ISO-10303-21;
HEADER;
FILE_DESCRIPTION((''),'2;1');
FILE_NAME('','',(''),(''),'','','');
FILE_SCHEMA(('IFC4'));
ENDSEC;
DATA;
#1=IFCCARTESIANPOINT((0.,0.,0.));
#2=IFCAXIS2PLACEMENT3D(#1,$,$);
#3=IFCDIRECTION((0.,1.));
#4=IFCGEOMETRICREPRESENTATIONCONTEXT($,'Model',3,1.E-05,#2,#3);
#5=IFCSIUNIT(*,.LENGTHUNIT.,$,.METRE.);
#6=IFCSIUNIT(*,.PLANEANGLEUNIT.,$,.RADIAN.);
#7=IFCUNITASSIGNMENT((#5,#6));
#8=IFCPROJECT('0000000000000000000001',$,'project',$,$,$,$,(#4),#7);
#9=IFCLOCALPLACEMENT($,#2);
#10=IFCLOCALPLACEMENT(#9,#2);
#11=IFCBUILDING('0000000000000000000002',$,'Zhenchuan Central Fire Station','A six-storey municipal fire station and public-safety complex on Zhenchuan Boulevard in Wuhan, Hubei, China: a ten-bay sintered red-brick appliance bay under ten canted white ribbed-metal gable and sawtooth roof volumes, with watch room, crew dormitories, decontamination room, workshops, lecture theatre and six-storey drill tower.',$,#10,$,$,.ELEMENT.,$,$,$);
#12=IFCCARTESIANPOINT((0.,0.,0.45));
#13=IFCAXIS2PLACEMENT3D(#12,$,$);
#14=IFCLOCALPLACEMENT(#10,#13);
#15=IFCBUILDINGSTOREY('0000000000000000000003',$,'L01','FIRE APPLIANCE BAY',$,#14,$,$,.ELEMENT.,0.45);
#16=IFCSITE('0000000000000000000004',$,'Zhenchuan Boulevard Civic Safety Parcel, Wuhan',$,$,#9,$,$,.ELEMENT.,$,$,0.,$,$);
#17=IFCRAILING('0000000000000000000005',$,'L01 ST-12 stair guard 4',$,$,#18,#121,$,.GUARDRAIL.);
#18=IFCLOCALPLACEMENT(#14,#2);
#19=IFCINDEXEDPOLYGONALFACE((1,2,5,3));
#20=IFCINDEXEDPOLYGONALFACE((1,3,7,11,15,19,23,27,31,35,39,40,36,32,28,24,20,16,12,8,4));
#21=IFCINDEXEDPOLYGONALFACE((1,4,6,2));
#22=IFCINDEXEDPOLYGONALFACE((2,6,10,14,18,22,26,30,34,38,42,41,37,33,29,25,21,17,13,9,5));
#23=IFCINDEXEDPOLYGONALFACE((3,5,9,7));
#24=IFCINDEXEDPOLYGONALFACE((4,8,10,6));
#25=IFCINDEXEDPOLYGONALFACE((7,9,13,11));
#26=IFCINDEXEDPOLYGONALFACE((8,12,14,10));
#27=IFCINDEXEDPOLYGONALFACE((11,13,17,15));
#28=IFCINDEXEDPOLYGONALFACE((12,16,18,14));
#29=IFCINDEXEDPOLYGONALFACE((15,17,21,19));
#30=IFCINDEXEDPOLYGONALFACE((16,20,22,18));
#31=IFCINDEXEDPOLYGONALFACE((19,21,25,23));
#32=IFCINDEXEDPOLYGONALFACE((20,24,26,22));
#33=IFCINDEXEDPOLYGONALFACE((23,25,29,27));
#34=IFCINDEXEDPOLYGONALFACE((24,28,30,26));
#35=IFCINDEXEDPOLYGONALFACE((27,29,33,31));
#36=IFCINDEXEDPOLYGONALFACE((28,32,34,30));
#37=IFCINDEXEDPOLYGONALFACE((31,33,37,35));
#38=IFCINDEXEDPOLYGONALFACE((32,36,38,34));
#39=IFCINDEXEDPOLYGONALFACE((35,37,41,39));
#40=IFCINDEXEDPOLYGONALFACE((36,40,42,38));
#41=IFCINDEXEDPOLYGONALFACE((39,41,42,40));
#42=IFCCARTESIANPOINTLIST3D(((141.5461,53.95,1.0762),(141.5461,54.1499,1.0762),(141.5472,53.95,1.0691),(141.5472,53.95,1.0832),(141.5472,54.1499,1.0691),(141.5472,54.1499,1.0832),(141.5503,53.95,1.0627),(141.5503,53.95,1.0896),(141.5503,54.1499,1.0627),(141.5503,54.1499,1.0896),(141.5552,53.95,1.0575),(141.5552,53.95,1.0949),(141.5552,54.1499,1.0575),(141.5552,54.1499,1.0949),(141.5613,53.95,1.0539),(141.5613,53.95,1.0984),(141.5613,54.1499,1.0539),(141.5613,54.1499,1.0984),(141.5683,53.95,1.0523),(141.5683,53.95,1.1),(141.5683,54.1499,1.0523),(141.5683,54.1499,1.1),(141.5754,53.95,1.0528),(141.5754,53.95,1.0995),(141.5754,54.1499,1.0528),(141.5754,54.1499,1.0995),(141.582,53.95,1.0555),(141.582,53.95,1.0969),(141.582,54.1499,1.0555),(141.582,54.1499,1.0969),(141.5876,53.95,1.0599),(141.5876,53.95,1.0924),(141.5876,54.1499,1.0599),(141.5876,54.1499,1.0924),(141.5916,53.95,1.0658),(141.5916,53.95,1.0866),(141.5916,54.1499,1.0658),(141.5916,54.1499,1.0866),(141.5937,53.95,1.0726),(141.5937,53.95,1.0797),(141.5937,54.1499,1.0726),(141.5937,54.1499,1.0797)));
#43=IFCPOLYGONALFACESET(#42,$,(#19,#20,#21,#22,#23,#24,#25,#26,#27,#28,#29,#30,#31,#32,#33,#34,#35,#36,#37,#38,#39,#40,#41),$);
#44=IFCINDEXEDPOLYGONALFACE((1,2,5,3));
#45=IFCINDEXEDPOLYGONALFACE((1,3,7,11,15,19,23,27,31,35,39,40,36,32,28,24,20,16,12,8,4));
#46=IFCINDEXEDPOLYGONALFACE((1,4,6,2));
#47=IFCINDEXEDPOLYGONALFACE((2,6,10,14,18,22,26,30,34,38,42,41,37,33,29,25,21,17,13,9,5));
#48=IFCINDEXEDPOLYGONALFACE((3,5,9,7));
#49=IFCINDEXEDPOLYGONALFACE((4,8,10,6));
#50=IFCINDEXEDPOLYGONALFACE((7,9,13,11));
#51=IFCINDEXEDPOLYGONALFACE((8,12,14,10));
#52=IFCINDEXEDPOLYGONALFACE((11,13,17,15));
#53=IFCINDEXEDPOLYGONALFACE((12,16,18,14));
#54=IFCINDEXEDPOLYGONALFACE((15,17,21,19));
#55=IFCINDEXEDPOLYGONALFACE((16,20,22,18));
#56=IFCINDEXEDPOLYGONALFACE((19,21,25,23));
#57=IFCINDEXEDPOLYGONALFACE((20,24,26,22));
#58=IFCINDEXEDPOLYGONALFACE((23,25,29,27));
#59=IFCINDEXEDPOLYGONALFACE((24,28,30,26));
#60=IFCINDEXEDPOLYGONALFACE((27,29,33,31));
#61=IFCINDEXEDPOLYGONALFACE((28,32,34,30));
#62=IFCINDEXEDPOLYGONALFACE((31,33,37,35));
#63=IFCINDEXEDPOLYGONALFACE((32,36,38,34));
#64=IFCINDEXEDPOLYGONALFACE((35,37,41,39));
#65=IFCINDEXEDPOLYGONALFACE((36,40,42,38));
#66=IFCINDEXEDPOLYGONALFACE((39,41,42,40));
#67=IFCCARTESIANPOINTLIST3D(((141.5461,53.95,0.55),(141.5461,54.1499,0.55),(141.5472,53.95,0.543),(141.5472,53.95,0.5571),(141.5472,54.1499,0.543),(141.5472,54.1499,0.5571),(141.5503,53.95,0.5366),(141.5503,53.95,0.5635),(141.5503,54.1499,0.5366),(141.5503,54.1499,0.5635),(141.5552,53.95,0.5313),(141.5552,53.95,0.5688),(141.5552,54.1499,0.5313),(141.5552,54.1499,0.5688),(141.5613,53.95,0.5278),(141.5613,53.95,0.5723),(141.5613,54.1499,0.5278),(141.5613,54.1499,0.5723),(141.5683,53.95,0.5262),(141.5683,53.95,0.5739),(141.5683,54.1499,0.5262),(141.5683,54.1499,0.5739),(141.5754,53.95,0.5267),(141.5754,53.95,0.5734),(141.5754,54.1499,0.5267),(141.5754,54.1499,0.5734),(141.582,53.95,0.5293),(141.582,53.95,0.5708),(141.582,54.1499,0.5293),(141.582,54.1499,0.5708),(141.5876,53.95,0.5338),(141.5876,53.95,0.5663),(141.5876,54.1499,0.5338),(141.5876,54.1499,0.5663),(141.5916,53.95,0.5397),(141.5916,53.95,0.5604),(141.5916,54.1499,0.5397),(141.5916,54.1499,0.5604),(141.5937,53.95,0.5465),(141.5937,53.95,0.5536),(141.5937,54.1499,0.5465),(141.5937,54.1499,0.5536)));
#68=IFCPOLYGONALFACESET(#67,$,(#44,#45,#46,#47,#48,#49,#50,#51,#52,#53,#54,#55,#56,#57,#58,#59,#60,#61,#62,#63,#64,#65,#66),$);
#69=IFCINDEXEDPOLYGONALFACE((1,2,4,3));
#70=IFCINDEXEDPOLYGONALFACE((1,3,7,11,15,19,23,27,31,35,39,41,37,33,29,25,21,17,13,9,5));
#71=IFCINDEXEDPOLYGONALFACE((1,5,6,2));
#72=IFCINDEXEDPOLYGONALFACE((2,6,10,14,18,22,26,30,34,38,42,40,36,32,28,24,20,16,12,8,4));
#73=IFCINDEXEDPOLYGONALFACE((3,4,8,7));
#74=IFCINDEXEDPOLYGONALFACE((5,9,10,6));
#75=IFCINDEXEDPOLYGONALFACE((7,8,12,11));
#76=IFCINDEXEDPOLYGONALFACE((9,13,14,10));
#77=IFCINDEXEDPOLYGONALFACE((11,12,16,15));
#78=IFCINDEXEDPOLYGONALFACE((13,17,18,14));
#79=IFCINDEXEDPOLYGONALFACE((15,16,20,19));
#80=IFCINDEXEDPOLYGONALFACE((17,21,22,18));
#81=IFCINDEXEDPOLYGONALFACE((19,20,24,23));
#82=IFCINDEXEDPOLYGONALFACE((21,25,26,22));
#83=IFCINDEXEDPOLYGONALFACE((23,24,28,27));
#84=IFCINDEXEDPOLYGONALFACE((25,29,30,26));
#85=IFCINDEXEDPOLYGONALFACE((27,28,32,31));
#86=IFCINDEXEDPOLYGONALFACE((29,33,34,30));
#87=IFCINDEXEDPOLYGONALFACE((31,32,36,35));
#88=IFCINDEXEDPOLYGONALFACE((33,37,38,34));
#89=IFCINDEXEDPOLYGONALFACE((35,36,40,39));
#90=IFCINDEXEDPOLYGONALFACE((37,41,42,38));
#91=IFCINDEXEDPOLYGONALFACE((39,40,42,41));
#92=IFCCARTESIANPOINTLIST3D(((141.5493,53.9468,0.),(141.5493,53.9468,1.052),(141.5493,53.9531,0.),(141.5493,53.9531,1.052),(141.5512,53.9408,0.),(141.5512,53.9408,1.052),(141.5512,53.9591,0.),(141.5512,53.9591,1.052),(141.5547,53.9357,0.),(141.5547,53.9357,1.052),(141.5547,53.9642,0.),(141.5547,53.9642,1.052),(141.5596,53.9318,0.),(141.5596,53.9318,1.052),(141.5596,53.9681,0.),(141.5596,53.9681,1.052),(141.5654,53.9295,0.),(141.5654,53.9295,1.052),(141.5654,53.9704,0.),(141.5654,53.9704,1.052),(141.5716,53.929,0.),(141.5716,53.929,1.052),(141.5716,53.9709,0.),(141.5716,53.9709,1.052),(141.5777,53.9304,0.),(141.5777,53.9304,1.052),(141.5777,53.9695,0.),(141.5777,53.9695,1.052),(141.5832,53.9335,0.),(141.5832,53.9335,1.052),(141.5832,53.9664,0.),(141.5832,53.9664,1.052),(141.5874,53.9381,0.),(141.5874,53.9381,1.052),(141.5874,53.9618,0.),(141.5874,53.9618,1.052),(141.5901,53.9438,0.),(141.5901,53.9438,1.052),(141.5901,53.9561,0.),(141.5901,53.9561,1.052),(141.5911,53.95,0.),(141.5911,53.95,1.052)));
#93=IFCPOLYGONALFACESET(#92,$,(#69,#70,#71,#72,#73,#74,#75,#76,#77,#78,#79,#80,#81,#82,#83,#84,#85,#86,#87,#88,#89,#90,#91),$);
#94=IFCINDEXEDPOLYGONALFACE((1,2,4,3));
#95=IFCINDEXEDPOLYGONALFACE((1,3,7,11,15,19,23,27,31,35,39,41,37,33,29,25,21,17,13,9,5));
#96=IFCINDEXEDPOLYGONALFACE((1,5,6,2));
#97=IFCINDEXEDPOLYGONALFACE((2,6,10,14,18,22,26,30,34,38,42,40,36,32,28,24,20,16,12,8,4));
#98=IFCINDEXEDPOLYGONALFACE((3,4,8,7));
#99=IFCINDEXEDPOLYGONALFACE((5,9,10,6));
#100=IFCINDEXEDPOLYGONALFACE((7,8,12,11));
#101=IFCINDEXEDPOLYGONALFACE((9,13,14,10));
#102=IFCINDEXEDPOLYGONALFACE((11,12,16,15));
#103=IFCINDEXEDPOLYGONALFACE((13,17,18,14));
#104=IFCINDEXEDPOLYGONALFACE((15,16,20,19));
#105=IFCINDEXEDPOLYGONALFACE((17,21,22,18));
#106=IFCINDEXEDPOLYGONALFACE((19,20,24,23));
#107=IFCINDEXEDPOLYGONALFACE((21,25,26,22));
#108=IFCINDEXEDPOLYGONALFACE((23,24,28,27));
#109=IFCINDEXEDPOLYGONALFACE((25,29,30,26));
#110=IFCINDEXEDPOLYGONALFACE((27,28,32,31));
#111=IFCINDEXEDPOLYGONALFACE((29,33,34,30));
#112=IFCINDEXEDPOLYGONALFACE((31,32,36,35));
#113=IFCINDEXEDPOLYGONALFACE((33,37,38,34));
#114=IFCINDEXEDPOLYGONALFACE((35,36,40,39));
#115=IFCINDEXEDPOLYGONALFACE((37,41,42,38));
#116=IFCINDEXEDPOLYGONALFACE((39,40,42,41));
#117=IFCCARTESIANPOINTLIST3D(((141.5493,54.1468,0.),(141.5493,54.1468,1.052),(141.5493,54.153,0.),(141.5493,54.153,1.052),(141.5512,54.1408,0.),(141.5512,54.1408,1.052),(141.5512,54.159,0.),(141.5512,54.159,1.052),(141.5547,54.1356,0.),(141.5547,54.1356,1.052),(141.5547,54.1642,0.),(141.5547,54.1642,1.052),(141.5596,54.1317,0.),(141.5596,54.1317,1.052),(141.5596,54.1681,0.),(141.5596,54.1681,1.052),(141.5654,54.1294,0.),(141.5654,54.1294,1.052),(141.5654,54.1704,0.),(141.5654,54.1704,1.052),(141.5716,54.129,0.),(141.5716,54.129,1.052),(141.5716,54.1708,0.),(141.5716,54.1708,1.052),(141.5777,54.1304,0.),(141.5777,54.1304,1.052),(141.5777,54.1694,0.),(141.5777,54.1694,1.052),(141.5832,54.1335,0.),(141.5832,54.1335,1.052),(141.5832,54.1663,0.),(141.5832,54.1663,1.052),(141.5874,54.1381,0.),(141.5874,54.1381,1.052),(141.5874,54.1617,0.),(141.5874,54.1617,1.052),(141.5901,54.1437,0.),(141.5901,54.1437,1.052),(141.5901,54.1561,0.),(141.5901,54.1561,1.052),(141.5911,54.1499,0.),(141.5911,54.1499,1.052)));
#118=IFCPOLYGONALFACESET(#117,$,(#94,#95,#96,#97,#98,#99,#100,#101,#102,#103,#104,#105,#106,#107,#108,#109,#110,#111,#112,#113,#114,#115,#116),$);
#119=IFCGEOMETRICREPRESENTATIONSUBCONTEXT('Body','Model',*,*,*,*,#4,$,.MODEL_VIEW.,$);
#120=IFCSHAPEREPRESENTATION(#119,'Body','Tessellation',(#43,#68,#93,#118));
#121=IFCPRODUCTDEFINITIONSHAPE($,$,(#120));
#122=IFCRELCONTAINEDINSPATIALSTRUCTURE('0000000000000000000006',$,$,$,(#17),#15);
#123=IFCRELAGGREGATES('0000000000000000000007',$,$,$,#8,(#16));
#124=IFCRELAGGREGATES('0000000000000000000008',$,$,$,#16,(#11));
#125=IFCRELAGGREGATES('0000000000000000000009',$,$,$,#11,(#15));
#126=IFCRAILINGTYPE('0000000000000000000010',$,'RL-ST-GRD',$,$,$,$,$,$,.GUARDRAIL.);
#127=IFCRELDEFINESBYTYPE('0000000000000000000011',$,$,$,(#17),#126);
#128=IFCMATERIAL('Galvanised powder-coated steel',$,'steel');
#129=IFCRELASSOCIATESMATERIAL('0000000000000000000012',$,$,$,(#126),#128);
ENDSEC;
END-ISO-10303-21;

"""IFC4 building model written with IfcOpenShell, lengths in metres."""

from ifc_helpers import new_model, si_unit, direction, frame, origin, origin_2d, place, context, subcontext, project, spatial, circle, extrude, material, type_object, element, save


model = new_model("IFC4")

# Units and contexts
model_context = context("Model", 3, precision=1e-05, world=origin(), true_north=direction((0.0, 1.0)))
body_context = subcontext(model_context, "Body", "Model", "MODEL_VIEW")
ifc_project = project(units=[si_unit("LENGTHUNIT", "METRE"), si_unit("PLANEANGLEUNIT", "RADIAN")], contexts=[model_context])

# Site, building, storey
site_placement = place(None, origin())
site = spatial("IfcSite", under=ifc_project, at=site_placement, Name="Zhenchuan Boulevard Civic Safety Parcel, Wuhan", CompositionType="ELEMENT", RefElevation=0.0)
building_placement = place(site_placement, origin())
building = spatial("IfcBuilding", under=site, at=building_placement, Name="Zhenchuan Central Fire Station", Description="A six-storey municipal fire station and public-safety complex on Zhenchuan Boulevard in Wuhan, Hubei, China: a ten-bay sintered red-brick appliance bay under ten canted white ribbed-metal gable and sawtooth roof volumes, with watch room, crew dormitories, decontamination room, workshops, lecture theatre and six-storey drill tower.", CompositionType="ELEMENT")
storey_placement = place(building_placement, frame((0.0, 0.0, 0.45)))
storey = spatial("IfcBuildingStorey", under=building, at=storey_placement, Name="L01", Description="FIRE APPLIANCE BAY", CompositionType="ELEMENT", Elevation=0.45)

# Railing
ifc_material_1 = material(Name="Galvanised powder-coated steel", Category="steel")
railing_type_1 = type_object("IfcRailingType", Name="RL-ST-GRD", PredefinedType="GUARDRAIL", material=ifc_material_1)
railing_1_placement = place(storey_placement, frame((141.5701, 53.95, 0.0)))
element("IfcRailing", 1, at=railing_1_placement, inside=storey, type_object=railing_type_1, Name="L01 ST-12 stair guard 4", PredefinedType="GUARDRAIL", context=body_context, shape_type="SweptSolid", body=[
    extrude(circle(Radius=0.0239, at=origin_2d()), frame((0.0, 0.0, 1.0762), z_axis=(0.0, 1.0, 0.0), x_axis=(-1.0, 0.0, 0.0)), (0.0, 0.0, 1.0), 0.2),
    extrude(circle(Radius=0.0239, at=origin_2d()), frame((0.0, 0.0, 0.55), z_axis=(0.0, 1.0, 0.0), x_axis=(-1.0, 0.0, 0.0)), (0.0, 0.0, 1.0), 0.2),
    extrude(circle(Radius=0.021, at=origin_2d()), origin(), (0.0, 0.0, 1.0), 1.052),
    extrude(circle(Radius=0.021, at=origin_2d()), frame((0.0, 0.2, 0.0)), (0.0, 0.0, 1.0), 1.052),
])

save(model, "model.ifc")
